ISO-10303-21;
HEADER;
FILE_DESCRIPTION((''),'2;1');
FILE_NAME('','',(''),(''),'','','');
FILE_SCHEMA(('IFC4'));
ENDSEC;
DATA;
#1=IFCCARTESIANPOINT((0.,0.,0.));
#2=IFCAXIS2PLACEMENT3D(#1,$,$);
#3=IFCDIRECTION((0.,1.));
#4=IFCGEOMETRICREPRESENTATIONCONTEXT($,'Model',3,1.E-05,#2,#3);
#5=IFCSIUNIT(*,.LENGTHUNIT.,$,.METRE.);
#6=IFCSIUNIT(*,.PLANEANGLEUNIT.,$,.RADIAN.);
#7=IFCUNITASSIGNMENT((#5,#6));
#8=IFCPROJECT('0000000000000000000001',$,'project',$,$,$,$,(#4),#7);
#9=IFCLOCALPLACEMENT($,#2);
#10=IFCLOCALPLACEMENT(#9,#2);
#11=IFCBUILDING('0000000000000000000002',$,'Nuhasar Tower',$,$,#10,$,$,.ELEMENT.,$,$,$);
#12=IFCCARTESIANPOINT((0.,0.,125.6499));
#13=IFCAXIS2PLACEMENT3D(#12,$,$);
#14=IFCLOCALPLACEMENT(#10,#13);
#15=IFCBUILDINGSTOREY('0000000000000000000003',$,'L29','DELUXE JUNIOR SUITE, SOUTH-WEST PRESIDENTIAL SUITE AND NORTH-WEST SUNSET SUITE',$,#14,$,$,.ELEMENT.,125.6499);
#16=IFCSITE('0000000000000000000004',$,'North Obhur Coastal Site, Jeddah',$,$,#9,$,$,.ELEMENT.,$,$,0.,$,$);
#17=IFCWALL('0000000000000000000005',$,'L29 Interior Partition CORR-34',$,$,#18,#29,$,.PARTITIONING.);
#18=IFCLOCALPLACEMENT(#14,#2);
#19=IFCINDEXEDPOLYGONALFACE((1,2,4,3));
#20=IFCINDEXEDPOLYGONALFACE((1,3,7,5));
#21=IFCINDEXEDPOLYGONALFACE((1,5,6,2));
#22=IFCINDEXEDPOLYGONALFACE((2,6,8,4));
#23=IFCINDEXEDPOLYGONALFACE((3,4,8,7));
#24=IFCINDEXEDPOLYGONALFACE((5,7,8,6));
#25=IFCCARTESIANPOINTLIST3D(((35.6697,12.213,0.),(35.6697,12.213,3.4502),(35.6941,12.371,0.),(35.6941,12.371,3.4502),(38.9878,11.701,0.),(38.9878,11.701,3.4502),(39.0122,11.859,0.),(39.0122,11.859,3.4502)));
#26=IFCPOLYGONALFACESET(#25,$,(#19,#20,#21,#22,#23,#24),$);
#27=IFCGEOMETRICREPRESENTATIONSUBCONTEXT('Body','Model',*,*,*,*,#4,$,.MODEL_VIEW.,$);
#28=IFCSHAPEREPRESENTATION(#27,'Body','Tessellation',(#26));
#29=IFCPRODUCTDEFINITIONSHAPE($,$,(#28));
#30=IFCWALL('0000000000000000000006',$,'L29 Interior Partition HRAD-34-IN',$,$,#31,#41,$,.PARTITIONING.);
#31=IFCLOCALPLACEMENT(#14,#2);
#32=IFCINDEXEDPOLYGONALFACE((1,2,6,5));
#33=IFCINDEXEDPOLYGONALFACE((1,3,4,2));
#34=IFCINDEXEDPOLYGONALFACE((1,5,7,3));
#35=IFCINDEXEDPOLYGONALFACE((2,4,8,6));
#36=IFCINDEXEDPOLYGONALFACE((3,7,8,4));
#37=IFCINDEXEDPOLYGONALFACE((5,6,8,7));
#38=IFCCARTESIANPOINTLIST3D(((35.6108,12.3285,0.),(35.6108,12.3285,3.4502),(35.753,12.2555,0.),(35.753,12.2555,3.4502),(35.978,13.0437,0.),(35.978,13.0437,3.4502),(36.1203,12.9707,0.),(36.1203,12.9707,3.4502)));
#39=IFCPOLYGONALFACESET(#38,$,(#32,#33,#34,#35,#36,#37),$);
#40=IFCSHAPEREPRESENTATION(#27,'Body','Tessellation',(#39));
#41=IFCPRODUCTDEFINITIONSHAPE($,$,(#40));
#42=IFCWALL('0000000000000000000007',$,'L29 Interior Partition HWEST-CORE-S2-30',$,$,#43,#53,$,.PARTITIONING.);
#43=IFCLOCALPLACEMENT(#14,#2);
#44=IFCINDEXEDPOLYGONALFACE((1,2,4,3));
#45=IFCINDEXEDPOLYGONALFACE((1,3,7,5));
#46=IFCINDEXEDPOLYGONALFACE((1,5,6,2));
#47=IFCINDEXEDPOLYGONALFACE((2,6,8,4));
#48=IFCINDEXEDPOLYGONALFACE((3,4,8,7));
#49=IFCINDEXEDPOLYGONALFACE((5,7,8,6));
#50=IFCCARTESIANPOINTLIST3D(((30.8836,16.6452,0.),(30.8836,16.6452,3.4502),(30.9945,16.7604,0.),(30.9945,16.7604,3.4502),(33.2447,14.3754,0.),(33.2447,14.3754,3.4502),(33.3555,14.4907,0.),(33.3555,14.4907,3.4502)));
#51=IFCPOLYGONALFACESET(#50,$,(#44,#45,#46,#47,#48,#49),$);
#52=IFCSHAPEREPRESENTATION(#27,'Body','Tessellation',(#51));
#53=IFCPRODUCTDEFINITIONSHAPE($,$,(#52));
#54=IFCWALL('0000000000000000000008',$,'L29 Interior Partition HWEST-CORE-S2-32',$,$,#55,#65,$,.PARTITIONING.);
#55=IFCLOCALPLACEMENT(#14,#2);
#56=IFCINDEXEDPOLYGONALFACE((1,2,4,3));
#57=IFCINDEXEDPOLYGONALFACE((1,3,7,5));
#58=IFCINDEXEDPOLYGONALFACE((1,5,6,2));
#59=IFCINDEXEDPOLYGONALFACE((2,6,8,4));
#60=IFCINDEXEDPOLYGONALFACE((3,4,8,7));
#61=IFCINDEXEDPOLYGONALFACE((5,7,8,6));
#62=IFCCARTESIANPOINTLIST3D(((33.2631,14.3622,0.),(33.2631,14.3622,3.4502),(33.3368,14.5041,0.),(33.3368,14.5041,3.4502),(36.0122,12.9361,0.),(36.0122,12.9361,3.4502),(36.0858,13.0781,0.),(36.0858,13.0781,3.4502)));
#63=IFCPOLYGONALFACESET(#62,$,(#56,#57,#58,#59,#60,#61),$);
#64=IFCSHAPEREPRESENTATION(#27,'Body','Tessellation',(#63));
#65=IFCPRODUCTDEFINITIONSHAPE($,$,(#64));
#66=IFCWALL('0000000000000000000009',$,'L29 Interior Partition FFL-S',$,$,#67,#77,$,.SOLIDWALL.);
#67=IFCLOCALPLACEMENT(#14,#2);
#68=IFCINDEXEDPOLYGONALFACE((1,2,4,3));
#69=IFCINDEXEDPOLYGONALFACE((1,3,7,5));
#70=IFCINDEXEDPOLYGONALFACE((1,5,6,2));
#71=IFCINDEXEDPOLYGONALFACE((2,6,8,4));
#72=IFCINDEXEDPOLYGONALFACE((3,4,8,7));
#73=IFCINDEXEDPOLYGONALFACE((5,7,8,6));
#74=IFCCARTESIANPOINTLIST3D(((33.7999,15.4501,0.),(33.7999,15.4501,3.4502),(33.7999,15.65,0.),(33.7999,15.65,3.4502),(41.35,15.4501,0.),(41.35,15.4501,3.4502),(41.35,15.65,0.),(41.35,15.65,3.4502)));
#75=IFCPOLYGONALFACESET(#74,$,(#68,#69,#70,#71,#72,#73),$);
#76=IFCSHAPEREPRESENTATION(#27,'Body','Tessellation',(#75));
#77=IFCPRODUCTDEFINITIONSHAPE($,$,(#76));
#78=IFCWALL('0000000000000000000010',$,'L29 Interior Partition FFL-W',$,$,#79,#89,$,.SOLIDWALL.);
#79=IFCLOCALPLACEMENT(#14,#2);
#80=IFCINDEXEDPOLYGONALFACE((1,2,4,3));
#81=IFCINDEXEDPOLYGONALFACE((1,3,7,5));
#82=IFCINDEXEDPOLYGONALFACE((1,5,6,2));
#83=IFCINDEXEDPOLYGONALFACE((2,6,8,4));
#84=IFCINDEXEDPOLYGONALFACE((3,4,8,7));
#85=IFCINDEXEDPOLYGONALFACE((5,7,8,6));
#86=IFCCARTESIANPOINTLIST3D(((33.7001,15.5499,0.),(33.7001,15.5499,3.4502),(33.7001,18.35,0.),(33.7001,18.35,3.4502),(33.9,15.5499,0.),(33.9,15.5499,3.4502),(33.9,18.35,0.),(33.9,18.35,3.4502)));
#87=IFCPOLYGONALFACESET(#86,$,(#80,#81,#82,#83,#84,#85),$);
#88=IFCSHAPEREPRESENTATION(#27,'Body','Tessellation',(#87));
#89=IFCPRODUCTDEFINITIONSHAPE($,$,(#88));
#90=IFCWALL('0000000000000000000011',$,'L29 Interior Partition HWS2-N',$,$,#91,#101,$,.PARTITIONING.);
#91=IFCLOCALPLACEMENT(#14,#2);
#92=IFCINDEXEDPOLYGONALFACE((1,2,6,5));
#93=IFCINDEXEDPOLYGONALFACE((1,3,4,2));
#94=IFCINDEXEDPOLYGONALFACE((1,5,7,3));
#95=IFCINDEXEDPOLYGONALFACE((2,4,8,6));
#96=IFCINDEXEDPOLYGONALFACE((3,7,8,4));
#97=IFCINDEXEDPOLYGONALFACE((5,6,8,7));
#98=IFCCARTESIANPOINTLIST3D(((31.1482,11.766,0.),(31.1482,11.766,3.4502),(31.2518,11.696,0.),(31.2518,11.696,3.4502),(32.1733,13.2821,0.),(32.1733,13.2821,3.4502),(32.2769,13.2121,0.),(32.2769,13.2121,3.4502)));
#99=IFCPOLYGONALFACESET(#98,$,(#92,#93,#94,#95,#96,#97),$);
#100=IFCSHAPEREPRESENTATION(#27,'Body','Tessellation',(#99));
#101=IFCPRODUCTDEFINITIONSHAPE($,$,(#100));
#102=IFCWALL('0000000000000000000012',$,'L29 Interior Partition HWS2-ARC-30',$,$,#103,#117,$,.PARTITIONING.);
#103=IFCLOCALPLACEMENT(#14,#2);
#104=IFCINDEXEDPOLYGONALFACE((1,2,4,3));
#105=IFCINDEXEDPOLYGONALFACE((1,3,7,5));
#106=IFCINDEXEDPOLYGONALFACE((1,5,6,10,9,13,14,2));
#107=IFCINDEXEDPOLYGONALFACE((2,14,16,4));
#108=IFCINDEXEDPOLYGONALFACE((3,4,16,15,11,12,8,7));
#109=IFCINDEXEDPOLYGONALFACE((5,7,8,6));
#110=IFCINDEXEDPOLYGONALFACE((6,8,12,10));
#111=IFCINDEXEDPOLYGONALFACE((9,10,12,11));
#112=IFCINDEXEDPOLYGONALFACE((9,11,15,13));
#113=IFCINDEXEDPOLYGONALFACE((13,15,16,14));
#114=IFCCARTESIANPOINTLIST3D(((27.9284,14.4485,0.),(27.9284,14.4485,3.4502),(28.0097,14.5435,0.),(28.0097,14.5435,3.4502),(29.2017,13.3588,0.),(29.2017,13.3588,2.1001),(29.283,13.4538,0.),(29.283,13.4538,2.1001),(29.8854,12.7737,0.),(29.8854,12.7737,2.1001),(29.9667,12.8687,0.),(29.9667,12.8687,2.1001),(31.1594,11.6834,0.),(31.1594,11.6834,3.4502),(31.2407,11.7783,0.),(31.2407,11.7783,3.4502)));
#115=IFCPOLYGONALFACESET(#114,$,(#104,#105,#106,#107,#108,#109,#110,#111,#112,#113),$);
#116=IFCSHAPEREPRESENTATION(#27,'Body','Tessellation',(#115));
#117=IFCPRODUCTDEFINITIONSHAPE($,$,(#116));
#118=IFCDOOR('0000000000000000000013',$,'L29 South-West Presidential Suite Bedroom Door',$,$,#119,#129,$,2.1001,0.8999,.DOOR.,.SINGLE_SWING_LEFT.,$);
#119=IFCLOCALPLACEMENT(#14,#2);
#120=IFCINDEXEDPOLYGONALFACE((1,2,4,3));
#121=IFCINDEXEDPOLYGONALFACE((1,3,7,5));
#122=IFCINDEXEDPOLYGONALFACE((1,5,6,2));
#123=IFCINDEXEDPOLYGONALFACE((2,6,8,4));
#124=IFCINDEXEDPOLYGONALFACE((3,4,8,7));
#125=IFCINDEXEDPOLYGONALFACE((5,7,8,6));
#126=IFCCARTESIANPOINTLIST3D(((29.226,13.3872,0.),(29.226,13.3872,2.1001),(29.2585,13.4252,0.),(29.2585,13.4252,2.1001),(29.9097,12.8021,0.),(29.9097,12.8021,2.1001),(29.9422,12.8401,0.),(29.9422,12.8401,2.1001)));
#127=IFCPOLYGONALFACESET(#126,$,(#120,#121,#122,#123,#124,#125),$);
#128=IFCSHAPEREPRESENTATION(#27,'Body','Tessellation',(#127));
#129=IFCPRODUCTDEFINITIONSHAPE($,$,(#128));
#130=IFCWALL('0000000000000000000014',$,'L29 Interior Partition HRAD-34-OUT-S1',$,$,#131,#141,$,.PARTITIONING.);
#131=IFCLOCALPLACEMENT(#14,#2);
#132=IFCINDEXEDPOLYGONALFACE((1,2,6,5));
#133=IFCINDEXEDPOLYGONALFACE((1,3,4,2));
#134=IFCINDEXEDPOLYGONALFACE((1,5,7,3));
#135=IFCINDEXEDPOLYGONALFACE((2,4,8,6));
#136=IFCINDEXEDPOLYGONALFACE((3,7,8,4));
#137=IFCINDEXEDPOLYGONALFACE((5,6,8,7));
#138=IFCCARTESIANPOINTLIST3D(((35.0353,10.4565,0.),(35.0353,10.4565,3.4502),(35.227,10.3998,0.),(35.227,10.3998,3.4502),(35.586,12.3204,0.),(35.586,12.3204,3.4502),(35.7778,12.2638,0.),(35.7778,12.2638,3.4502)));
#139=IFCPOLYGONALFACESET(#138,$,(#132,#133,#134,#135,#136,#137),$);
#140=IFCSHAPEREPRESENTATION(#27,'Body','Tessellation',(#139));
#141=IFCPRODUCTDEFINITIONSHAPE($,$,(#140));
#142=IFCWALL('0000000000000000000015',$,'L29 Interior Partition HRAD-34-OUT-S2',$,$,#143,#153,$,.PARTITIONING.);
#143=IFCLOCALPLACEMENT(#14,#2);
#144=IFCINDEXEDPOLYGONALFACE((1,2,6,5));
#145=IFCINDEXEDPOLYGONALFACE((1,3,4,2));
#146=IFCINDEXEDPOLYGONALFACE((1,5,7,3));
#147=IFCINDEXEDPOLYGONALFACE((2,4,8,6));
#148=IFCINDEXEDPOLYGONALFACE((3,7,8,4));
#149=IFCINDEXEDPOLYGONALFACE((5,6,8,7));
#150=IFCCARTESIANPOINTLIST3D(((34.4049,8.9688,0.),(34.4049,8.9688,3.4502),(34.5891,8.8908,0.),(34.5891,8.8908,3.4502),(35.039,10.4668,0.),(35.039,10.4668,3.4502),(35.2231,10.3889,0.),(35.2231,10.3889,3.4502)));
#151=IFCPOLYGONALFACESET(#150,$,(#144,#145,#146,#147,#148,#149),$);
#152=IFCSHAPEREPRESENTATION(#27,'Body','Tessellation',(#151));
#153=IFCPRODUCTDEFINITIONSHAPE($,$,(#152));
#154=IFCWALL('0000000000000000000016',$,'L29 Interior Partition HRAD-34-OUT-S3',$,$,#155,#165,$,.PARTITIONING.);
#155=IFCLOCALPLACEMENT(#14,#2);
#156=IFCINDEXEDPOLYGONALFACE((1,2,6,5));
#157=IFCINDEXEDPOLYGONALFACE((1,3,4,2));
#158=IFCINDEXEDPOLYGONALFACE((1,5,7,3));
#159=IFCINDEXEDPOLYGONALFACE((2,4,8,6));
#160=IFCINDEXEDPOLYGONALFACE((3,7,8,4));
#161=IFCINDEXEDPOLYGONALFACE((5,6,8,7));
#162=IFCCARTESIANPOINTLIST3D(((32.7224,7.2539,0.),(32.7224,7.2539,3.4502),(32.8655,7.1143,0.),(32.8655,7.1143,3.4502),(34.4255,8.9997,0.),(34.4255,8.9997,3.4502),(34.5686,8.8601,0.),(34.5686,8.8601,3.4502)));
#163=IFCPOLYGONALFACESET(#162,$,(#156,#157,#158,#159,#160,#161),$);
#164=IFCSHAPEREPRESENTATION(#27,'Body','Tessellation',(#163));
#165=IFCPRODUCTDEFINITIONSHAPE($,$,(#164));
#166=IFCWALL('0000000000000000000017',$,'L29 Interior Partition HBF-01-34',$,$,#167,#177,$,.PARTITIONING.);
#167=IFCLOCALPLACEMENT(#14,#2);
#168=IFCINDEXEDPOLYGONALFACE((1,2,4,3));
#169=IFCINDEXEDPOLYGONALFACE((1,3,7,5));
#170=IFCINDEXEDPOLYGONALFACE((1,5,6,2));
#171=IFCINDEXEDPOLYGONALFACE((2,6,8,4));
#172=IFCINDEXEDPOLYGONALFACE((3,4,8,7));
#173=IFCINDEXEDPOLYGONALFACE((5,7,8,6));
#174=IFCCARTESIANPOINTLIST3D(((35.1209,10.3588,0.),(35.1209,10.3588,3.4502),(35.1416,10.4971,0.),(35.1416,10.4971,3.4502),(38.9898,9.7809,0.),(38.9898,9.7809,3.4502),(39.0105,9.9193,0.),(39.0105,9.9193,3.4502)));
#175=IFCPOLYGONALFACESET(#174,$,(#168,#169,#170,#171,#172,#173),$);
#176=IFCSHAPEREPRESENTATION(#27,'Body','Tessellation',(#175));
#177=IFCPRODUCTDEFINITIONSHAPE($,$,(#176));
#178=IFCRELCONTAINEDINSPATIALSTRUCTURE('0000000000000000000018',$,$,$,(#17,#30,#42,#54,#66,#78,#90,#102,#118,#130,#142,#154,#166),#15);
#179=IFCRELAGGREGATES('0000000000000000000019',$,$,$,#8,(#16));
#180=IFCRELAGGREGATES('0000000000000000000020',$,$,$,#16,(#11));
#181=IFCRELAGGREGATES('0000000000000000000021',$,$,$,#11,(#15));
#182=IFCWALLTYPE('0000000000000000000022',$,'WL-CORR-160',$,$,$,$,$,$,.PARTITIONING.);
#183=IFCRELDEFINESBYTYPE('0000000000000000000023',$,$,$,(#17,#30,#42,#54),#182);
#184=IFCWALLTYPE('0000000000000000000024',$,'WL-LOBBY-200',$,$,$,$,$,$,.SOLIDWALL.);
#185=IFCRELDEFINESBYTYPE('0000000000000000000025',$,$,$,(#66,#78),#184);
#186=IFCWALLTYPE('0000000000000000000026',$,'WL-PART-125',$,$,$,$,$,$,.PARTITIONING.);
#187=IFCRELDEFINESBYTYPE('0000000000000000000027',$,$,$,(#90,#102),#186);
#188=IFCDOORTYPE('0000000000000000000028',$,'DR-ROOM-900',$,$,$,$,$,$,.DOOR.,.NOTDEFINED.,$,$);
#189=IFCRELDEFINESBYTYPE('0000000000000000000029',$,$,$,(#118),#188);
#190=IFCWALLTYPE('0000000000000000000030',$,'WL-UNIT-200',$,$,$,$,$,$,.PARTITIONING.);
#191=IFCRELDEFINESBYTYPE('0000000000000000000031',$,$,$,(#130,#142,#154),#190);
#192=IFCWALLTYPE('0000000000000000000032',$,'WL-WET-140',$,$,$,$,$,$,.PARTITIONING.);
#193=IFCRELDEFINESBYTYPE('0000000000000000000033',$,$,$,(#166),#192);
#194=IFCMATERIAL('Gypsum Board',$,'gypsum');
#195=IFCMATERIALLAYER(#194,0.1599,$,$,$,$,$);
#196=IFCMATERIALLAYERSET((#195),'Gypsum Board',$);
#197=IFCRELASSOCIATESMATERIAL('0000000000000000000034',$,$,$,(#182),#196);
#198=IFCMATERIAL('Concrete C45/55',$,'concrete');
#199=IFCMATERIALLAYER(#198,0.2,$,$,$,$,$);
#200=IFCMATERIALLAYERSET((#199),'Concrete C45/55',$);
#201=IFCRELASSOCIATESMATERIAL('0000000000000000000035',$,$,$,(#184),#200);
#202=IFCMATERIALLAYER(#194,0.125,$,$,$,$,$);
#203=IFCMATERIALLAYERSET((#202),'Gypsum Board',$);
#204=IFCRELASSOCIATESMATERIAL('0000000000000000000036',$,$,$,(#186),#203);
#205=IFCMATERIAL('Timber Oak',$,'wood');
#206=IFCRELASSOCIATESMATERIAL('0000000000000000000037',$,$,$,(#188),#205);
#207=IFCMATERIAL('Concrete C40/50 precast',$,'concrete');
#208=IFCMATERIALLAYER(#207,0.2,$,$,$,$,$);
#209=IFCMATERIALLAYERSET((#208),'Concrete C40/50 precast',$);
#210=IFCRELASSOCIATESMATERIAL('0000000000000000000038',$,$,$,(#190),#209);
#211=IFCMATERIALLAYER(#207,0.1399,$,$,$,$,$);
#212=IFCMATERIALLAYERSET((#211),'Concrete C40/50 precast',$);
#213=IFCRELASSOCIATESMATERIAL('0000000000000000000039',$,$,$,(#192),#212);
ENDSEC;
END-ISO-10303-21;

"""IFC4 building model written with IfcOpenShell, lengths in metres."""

from ifc_helpers import new_model, si_unit, direction, frame, frame_2d, origin, place, context, subcontext, project, spatial, rectangle, extrude, material, layer, layer_set, type_object, element, fill, save


model = new_model("IFC4")

# Units and contexts
model_context = context("Model", 3, precision=1e-05, world=origin(), true_north=direction((0.0, 1.0)))
body_context = subcontext(model_context, "Body", "Model", "MODEL_VIEW")
ifc_project = project(units=[si_unit("LENGTHUNIT", "METRE"), si_unit("PLANEANGLEUNIT", "RADIAN")], contexts=[model_context])

# Site, building, storey
site_placement = place(None, origin())
site = spatial("IfcSite", under=ifc_project, at=site_placement, Name="North Obhur Coastal Site, Jeddah", CompositionType="ELEMENT", RefElevation=0.0)
building_placement = place(site_placement, origin())
building = spatial("IfcBuilding", under=site, at=building_placement, Name="Nuhasar Tower", CompositionType="ELEMENT")
storey_placement = place(building_placement, frame((0.0, 0.0, 125.6499)))
storey = spatial("IfcBuildingStorey", under=building, at=storey_placement, Name="L29", Description="DELUXE JUNIOR SUITE, SOUTH-WEST PRESIDENTIAL SUITE AND NORTH-WEST SUNSET SUITE", CompositionType="ELEMENT", Elevation=125.6499)

# Walls
ifc_material_1 = material(Name="Gypsum Board", Category="gypsum")
ifc_layer_1 = layer(ifc_material_1, 0.1599)
ifc_layer_set_1 = layer_set([ifc_layer_1], Name="Gypsum Board")
wall_type_1 = type_object("IfcWallType", Name="WL-CORR-160", PredefinedType="PARTITIONING", material=ifc_layer_set_1)
wall_1_placement = place(storey_placement, frame((35.6819, 12.292, 0.0), z_axis=(0.0, 0.0, 1.0), x_axis=(0.988305, -0.152489, 0.0)))
element("IfcWall", 1, at=wall_1_placement, inside=storey, type_object=wall_type_1, Name="L29 Interior Partition CORR-34", PredefinedType="PARTITIONING", context=body_context, shape_type="SweptSolid", body=[
    extrude(rectangle(XDim=3.3574, YDim=0.1599, at=frame_2d((1.6787, 0.0))), origin(), (0.0, 0.0, 1.0), 3.4502),
])
wall_2_placement = place(storey_placement, frame((36.0491, 13.0071, 0.0), z_axis=(0.0, 0.0, 1.0), x_axis=(-0.456785, -0.889577, 0.0)))
element("IfcWall", 2, at=wall_2_placement, inside=storey, type_object=wall_type_1, Name="L29 Interior Partition HRAD-34-IN", PredefinedType="PARTITIONING", context=body_context, shape_type="SweptSolid", body=[
    extrude(rectangle(XDim=0.804, YDim=0.1599, at=frame_2d((0.4019, 0.0))), origin(), (0.0, 0.0, 1.0), 3.4502),
])
wall_3_placement = place(storey_placement, frame((30.939, 16.7029, 0.0), z_axis=(0.0, 0.0, 1.0), x_axis=(0.720909, -0.69303, 0.0)))
element("IfcWall", 3, at=wall_3_placement, inside=storey, type_object=wall_type_1, Name="L29 Interior Partition HWEST-CORE-S2-30", PredefinedType="PARTITIONING", context=body_context, shape_type="SweptSolid", body=[
    extrude(rectangle(XDim=3.2751, YDim=0.1599, at=frame_2d((1.6377, 0.0))), origin(), (0.0, 0.0, 1.0), 3.4502),
])
wall_4_placement = place(storey_placement, frame((33.3, 14.4331, 0.0), z_axis=(0.0, 0.0, 1.0), x_axis=(0.887675, -0.460471, 0.0)))
element("IfcWall", 4, at=wall_4_placement, inside=storey, type_object=wall_type_1, Name="L29 Interior Partition HWEST-CORE-S2-32", PredefinedType="PARTITIONING", context=body_context, shape_type="SweptSolid", body=[
    extrude(rectangle(XDim=3.0969, YDim=0.1599, at=frame_2d((1.5483, 0.0))), origin(), (0.0, 0.0, 1.0), 3.4502),
])
ifc_material_2 = material(Name="Concrete C45/55", Category="concrete")
ifc_layer_2 = layer(ifc_material_2, 0.2)
ifc_layer_set_2 = layer_set([ifc_layer_2], Name="Concrete C45/55")
wall_type_2 = type_object("IfcWallType", Name="WL-LOBBY-200", PredefinedType="SOLIDWALL", material=ifc_layer_set_2)
wall_5_placement = place(storey_placement, frame((33.8, 15.55, 0.0), z_axis=(0.0, 0.0, 1.0), x_axis=(1.0, 0.0, 0.0)))
element("IfcWall", 5, at=wall_5_placement, inside=storey, type_object=wall_type_2, Name="L29 Interior Partition FFL-S", PredefinedType="SOLIDWALL", context=body_context, shape_type="SweptSolid", body=[
    extrude(rectangle(XDim=7.55, YDim=0.2, at=frame_2d((3.7749, 0.0))), origin(), (0.0, 0.0, 1.0), 3.4502),
])
wall_6_placement = place(storey_placement, frame((33.8, 15.55, 0.0), z_axis=(0.0, 0.0, 1.0), x_axis=(0.0, 1.0, 0.0)))
element("IfcWall", 6, at=wall_6_placement, inside=storey, type_object=wall_type_2, Name="L29 Interior Partition FFL-W", PredefinedType="SOLIDWALL", context=body_context, shape_type="SweptSolid", body=[
    extrude(rectangle(XDim=2.8, YDim=0.2, at=frame_2d((1.3999, 0.0))), origin(), (0.0, 0.0, 1.0), 3.4502),
])
ifc_layer_3 = layer(ifc_material_1, 0.125)
ifc_layer_set_3 = layer_set([ifc_layer_3], Name="Gypsum Board")
wall_type_3 = type_object("IfcWallType", Name="WL-PART-125", PredefinedType="PARTITIONING", material=ifc_layer_set_3)
wall_7_placement = place(storey_placement, frame((32.2251, 13.2471, 0.0), z_axis=(0.0, 0.0, 1.0), x_axis=(-0.560137, -0.8284, 0.0)))
element("IfcWall", 7, at=wall_7_placement, inside=storey, type_object=wall_type_3, Name="L29 Interior Partition HWS2-N", PredefinedType="PARTITIONING", context=body_context, shape_type="SweptSolid", body=[
    extrude(rectangle(XDim=1.8301, YDim=0.125, at=frame_2d((0.915, 0.0))), origin(), (0.0, 0.0, 1.0), 3.4502),
])

# Wall, opening, door
wall_8_placement = place(storey_placement, frame((27.969, 14.4961, 0.0), z_axis=(0.0, 0.0, 1.0), x_axis=(0.759751, -0.650214, 0.0)))
wall_8 = element("IfcWall", 8, at=wall_8_placement, inside=storey, type_object=wall_type_3, Name="L29 Interior Partition HWS2-ARC-30", PredefinedType="PARTITIONING", context=body_context, shape_type="SweptSolid", body=[
    extrude(rectangle(XDim=4.2527, YDim=0.125, at=frame_2d((2.1265, 0.0))), origin(), (0.0, 0.0, 1.0), 3.4502),
])
opening_1_placement = place(wall_8_placement, frame((1.676, 0.0, 0.0)))
opening_1 = element("IfcOpeningElement", 9, at=opening_1_placement, cuts=wall_8, PredefinedType="OPENING", context=body_context, shape_type="SweptSolid", body=[
    extrude(rectangle(XDim=0.8999, YDim=2.1001, at=frame_2d((0.45, 1.05))), frame((0.0, 0.0725, 0.0), z_axis=(0.0, -1.0, 0.0), x_axis=(1.0, 0.0, 0.0)), (0.0, 0.0, 1.0), 0.145),
])
ifc_material_3 = material(Name="Timber Oak", Category="wood")
door_type_1 = type_object("IfcDoorType", Name="DR-ROOM-900", OperationType="NOTDEFINED", PredefinedType="DOOR", material=ifc_material_3)
door_1_placement = place(opening_1_placement, origin())
door_1 = element("IfcDoor", 10, at=door_1_placement, inside=storey, type_object=door_type_1, Name="L29 South-West Presidential Suite Bedroom Door", OperationType="SINGLE_SWING_LEFT", OverallHeight=2.1001, OverallWidth=0.8999, PredefinedType="DOOR", context=body_context, shape_type="SweptSolid", body=[
    extrude(rectangle(XDim=0.8999, YDim=2.1001, at=frame_2d((0.45, 1.05))), frame((0.0, 0.0249, 0.0), z_axis=(0.0, -1.0, 0.0), x_axis=(1.0, 0.0, 0.0)), (0.0, 0.0, 1.0), 0.05),
])
fill(opening_1, door_1)

# Walls
ifc_material_4 = material(Name="Concrete C40/50 precast", Category="concrete")
ifc_layer_4 = layer(ifc_material_4, 0.2)
ifc_layer_set_4 = layer_set([ifc_layer_4], Name="Concrete C40/50 precast")
wall_type_4 = type_object("IfcWallType", Name="WL-UNIT-200", PredefinedType="PARTITIONING", material=ifc_layer_set_4)
wall_9_placement = place(storey_placement, frame((35.6819, 12.292, 0.0), z_axis=(0.0, 0.0, 1.0), x_axis=(-0.28337, -0.959011, 0.0)))
element("IfcWall", 11, at=wall_9_placement, inside=storey, type_object=wall_type_4, Name="L29 Interior Partition HRAD-34-OUT-S1", PredefinedType="PARTITIONING", context=body_context, shape_type="SweptSolid", body=[
    extrude(rectangle(XDim=1.9436, YDim=0.2, at=frame_2d((0.9717, 0.0))), origin(), (0.0, 0.0, 1.0), 3.4502),
])
wall_10_placement = place(storey_placement, frame((35.1311, 10.428, 0.0), z_axis=(0.0, 0.0, 1.0), x_axis=(-0.389767, -0.920913, 0.0)))
element("IfcWall", 12, at=wall_10_placement, inside=storey, type_object=wall_type_4, Name="L29 Interior Partition HRAD-34-OUT-S2", PredefinedType="PARTITIONING", context=body_context, shape_type="SweptSolid", body=[
    extrude(rectangle(XDim=1.6267, YDim=0.2, at=frame_2d((0.8135, 0.0))), origin(), (0.0, 0.0, 1.0), 3.4502),
])
wall_11_placement = place(storey_placement, frame((34.4971, 8.9299, 0.0), z_axis=(0.0, 0.0, 1.0), x_axis=(-0.698294, -0.715811, 0.0)))
element("IfcWall", 13, at=wall_11_placement, inside=storey, type_object=wall_type_4, Name="L29 Interior Partition HRAD-34-OUT-S3", PredefinedType="PARTITIONING", context=body_context, shape_type="SweptSolid", body=[
    extrude(rectangle(XDim=2.439, YDim=0.2, at=frame_2d((1.2195, 0.0))), origin(), (0.0, 0.0, 1.0), 3.4502),
])
ifc_layer_5 = layer(ifc_material_4, 0.1399)
ifc_layer_set_5 = layer_set([ifc_layer_5], Name="Concrete C40/50 precast")
wall_type_5 = type_object("IfcWallType", Name="WL-WET-140", PredefinedType="PARTITIONING", material=ifc_layer_set_5)
wall_12_placement = place(storey_placement, frame((35.1311, 10.428, 0.0), z_axis=(0.0, 0.0, 1.0), x_axis=(0.989028, -0.147727, 0.0)))
element("IfcWall", 14, at=wall_12_placement, inside=storey, type_object=wall_type_5, Name="L29 Interior Partition HBF-01-34", PredefinedType="PARTITIONING", context=body_context, shape_type="SweptSolid", body=[
    extrude(rectangle(XDim=3.9119, YDim=0.1399, at=frame_2d((1.9561, 0.0))), origin(), (0.0, 0.0, 1.0), 3.4502),
])

save(model, "model.ifc")
